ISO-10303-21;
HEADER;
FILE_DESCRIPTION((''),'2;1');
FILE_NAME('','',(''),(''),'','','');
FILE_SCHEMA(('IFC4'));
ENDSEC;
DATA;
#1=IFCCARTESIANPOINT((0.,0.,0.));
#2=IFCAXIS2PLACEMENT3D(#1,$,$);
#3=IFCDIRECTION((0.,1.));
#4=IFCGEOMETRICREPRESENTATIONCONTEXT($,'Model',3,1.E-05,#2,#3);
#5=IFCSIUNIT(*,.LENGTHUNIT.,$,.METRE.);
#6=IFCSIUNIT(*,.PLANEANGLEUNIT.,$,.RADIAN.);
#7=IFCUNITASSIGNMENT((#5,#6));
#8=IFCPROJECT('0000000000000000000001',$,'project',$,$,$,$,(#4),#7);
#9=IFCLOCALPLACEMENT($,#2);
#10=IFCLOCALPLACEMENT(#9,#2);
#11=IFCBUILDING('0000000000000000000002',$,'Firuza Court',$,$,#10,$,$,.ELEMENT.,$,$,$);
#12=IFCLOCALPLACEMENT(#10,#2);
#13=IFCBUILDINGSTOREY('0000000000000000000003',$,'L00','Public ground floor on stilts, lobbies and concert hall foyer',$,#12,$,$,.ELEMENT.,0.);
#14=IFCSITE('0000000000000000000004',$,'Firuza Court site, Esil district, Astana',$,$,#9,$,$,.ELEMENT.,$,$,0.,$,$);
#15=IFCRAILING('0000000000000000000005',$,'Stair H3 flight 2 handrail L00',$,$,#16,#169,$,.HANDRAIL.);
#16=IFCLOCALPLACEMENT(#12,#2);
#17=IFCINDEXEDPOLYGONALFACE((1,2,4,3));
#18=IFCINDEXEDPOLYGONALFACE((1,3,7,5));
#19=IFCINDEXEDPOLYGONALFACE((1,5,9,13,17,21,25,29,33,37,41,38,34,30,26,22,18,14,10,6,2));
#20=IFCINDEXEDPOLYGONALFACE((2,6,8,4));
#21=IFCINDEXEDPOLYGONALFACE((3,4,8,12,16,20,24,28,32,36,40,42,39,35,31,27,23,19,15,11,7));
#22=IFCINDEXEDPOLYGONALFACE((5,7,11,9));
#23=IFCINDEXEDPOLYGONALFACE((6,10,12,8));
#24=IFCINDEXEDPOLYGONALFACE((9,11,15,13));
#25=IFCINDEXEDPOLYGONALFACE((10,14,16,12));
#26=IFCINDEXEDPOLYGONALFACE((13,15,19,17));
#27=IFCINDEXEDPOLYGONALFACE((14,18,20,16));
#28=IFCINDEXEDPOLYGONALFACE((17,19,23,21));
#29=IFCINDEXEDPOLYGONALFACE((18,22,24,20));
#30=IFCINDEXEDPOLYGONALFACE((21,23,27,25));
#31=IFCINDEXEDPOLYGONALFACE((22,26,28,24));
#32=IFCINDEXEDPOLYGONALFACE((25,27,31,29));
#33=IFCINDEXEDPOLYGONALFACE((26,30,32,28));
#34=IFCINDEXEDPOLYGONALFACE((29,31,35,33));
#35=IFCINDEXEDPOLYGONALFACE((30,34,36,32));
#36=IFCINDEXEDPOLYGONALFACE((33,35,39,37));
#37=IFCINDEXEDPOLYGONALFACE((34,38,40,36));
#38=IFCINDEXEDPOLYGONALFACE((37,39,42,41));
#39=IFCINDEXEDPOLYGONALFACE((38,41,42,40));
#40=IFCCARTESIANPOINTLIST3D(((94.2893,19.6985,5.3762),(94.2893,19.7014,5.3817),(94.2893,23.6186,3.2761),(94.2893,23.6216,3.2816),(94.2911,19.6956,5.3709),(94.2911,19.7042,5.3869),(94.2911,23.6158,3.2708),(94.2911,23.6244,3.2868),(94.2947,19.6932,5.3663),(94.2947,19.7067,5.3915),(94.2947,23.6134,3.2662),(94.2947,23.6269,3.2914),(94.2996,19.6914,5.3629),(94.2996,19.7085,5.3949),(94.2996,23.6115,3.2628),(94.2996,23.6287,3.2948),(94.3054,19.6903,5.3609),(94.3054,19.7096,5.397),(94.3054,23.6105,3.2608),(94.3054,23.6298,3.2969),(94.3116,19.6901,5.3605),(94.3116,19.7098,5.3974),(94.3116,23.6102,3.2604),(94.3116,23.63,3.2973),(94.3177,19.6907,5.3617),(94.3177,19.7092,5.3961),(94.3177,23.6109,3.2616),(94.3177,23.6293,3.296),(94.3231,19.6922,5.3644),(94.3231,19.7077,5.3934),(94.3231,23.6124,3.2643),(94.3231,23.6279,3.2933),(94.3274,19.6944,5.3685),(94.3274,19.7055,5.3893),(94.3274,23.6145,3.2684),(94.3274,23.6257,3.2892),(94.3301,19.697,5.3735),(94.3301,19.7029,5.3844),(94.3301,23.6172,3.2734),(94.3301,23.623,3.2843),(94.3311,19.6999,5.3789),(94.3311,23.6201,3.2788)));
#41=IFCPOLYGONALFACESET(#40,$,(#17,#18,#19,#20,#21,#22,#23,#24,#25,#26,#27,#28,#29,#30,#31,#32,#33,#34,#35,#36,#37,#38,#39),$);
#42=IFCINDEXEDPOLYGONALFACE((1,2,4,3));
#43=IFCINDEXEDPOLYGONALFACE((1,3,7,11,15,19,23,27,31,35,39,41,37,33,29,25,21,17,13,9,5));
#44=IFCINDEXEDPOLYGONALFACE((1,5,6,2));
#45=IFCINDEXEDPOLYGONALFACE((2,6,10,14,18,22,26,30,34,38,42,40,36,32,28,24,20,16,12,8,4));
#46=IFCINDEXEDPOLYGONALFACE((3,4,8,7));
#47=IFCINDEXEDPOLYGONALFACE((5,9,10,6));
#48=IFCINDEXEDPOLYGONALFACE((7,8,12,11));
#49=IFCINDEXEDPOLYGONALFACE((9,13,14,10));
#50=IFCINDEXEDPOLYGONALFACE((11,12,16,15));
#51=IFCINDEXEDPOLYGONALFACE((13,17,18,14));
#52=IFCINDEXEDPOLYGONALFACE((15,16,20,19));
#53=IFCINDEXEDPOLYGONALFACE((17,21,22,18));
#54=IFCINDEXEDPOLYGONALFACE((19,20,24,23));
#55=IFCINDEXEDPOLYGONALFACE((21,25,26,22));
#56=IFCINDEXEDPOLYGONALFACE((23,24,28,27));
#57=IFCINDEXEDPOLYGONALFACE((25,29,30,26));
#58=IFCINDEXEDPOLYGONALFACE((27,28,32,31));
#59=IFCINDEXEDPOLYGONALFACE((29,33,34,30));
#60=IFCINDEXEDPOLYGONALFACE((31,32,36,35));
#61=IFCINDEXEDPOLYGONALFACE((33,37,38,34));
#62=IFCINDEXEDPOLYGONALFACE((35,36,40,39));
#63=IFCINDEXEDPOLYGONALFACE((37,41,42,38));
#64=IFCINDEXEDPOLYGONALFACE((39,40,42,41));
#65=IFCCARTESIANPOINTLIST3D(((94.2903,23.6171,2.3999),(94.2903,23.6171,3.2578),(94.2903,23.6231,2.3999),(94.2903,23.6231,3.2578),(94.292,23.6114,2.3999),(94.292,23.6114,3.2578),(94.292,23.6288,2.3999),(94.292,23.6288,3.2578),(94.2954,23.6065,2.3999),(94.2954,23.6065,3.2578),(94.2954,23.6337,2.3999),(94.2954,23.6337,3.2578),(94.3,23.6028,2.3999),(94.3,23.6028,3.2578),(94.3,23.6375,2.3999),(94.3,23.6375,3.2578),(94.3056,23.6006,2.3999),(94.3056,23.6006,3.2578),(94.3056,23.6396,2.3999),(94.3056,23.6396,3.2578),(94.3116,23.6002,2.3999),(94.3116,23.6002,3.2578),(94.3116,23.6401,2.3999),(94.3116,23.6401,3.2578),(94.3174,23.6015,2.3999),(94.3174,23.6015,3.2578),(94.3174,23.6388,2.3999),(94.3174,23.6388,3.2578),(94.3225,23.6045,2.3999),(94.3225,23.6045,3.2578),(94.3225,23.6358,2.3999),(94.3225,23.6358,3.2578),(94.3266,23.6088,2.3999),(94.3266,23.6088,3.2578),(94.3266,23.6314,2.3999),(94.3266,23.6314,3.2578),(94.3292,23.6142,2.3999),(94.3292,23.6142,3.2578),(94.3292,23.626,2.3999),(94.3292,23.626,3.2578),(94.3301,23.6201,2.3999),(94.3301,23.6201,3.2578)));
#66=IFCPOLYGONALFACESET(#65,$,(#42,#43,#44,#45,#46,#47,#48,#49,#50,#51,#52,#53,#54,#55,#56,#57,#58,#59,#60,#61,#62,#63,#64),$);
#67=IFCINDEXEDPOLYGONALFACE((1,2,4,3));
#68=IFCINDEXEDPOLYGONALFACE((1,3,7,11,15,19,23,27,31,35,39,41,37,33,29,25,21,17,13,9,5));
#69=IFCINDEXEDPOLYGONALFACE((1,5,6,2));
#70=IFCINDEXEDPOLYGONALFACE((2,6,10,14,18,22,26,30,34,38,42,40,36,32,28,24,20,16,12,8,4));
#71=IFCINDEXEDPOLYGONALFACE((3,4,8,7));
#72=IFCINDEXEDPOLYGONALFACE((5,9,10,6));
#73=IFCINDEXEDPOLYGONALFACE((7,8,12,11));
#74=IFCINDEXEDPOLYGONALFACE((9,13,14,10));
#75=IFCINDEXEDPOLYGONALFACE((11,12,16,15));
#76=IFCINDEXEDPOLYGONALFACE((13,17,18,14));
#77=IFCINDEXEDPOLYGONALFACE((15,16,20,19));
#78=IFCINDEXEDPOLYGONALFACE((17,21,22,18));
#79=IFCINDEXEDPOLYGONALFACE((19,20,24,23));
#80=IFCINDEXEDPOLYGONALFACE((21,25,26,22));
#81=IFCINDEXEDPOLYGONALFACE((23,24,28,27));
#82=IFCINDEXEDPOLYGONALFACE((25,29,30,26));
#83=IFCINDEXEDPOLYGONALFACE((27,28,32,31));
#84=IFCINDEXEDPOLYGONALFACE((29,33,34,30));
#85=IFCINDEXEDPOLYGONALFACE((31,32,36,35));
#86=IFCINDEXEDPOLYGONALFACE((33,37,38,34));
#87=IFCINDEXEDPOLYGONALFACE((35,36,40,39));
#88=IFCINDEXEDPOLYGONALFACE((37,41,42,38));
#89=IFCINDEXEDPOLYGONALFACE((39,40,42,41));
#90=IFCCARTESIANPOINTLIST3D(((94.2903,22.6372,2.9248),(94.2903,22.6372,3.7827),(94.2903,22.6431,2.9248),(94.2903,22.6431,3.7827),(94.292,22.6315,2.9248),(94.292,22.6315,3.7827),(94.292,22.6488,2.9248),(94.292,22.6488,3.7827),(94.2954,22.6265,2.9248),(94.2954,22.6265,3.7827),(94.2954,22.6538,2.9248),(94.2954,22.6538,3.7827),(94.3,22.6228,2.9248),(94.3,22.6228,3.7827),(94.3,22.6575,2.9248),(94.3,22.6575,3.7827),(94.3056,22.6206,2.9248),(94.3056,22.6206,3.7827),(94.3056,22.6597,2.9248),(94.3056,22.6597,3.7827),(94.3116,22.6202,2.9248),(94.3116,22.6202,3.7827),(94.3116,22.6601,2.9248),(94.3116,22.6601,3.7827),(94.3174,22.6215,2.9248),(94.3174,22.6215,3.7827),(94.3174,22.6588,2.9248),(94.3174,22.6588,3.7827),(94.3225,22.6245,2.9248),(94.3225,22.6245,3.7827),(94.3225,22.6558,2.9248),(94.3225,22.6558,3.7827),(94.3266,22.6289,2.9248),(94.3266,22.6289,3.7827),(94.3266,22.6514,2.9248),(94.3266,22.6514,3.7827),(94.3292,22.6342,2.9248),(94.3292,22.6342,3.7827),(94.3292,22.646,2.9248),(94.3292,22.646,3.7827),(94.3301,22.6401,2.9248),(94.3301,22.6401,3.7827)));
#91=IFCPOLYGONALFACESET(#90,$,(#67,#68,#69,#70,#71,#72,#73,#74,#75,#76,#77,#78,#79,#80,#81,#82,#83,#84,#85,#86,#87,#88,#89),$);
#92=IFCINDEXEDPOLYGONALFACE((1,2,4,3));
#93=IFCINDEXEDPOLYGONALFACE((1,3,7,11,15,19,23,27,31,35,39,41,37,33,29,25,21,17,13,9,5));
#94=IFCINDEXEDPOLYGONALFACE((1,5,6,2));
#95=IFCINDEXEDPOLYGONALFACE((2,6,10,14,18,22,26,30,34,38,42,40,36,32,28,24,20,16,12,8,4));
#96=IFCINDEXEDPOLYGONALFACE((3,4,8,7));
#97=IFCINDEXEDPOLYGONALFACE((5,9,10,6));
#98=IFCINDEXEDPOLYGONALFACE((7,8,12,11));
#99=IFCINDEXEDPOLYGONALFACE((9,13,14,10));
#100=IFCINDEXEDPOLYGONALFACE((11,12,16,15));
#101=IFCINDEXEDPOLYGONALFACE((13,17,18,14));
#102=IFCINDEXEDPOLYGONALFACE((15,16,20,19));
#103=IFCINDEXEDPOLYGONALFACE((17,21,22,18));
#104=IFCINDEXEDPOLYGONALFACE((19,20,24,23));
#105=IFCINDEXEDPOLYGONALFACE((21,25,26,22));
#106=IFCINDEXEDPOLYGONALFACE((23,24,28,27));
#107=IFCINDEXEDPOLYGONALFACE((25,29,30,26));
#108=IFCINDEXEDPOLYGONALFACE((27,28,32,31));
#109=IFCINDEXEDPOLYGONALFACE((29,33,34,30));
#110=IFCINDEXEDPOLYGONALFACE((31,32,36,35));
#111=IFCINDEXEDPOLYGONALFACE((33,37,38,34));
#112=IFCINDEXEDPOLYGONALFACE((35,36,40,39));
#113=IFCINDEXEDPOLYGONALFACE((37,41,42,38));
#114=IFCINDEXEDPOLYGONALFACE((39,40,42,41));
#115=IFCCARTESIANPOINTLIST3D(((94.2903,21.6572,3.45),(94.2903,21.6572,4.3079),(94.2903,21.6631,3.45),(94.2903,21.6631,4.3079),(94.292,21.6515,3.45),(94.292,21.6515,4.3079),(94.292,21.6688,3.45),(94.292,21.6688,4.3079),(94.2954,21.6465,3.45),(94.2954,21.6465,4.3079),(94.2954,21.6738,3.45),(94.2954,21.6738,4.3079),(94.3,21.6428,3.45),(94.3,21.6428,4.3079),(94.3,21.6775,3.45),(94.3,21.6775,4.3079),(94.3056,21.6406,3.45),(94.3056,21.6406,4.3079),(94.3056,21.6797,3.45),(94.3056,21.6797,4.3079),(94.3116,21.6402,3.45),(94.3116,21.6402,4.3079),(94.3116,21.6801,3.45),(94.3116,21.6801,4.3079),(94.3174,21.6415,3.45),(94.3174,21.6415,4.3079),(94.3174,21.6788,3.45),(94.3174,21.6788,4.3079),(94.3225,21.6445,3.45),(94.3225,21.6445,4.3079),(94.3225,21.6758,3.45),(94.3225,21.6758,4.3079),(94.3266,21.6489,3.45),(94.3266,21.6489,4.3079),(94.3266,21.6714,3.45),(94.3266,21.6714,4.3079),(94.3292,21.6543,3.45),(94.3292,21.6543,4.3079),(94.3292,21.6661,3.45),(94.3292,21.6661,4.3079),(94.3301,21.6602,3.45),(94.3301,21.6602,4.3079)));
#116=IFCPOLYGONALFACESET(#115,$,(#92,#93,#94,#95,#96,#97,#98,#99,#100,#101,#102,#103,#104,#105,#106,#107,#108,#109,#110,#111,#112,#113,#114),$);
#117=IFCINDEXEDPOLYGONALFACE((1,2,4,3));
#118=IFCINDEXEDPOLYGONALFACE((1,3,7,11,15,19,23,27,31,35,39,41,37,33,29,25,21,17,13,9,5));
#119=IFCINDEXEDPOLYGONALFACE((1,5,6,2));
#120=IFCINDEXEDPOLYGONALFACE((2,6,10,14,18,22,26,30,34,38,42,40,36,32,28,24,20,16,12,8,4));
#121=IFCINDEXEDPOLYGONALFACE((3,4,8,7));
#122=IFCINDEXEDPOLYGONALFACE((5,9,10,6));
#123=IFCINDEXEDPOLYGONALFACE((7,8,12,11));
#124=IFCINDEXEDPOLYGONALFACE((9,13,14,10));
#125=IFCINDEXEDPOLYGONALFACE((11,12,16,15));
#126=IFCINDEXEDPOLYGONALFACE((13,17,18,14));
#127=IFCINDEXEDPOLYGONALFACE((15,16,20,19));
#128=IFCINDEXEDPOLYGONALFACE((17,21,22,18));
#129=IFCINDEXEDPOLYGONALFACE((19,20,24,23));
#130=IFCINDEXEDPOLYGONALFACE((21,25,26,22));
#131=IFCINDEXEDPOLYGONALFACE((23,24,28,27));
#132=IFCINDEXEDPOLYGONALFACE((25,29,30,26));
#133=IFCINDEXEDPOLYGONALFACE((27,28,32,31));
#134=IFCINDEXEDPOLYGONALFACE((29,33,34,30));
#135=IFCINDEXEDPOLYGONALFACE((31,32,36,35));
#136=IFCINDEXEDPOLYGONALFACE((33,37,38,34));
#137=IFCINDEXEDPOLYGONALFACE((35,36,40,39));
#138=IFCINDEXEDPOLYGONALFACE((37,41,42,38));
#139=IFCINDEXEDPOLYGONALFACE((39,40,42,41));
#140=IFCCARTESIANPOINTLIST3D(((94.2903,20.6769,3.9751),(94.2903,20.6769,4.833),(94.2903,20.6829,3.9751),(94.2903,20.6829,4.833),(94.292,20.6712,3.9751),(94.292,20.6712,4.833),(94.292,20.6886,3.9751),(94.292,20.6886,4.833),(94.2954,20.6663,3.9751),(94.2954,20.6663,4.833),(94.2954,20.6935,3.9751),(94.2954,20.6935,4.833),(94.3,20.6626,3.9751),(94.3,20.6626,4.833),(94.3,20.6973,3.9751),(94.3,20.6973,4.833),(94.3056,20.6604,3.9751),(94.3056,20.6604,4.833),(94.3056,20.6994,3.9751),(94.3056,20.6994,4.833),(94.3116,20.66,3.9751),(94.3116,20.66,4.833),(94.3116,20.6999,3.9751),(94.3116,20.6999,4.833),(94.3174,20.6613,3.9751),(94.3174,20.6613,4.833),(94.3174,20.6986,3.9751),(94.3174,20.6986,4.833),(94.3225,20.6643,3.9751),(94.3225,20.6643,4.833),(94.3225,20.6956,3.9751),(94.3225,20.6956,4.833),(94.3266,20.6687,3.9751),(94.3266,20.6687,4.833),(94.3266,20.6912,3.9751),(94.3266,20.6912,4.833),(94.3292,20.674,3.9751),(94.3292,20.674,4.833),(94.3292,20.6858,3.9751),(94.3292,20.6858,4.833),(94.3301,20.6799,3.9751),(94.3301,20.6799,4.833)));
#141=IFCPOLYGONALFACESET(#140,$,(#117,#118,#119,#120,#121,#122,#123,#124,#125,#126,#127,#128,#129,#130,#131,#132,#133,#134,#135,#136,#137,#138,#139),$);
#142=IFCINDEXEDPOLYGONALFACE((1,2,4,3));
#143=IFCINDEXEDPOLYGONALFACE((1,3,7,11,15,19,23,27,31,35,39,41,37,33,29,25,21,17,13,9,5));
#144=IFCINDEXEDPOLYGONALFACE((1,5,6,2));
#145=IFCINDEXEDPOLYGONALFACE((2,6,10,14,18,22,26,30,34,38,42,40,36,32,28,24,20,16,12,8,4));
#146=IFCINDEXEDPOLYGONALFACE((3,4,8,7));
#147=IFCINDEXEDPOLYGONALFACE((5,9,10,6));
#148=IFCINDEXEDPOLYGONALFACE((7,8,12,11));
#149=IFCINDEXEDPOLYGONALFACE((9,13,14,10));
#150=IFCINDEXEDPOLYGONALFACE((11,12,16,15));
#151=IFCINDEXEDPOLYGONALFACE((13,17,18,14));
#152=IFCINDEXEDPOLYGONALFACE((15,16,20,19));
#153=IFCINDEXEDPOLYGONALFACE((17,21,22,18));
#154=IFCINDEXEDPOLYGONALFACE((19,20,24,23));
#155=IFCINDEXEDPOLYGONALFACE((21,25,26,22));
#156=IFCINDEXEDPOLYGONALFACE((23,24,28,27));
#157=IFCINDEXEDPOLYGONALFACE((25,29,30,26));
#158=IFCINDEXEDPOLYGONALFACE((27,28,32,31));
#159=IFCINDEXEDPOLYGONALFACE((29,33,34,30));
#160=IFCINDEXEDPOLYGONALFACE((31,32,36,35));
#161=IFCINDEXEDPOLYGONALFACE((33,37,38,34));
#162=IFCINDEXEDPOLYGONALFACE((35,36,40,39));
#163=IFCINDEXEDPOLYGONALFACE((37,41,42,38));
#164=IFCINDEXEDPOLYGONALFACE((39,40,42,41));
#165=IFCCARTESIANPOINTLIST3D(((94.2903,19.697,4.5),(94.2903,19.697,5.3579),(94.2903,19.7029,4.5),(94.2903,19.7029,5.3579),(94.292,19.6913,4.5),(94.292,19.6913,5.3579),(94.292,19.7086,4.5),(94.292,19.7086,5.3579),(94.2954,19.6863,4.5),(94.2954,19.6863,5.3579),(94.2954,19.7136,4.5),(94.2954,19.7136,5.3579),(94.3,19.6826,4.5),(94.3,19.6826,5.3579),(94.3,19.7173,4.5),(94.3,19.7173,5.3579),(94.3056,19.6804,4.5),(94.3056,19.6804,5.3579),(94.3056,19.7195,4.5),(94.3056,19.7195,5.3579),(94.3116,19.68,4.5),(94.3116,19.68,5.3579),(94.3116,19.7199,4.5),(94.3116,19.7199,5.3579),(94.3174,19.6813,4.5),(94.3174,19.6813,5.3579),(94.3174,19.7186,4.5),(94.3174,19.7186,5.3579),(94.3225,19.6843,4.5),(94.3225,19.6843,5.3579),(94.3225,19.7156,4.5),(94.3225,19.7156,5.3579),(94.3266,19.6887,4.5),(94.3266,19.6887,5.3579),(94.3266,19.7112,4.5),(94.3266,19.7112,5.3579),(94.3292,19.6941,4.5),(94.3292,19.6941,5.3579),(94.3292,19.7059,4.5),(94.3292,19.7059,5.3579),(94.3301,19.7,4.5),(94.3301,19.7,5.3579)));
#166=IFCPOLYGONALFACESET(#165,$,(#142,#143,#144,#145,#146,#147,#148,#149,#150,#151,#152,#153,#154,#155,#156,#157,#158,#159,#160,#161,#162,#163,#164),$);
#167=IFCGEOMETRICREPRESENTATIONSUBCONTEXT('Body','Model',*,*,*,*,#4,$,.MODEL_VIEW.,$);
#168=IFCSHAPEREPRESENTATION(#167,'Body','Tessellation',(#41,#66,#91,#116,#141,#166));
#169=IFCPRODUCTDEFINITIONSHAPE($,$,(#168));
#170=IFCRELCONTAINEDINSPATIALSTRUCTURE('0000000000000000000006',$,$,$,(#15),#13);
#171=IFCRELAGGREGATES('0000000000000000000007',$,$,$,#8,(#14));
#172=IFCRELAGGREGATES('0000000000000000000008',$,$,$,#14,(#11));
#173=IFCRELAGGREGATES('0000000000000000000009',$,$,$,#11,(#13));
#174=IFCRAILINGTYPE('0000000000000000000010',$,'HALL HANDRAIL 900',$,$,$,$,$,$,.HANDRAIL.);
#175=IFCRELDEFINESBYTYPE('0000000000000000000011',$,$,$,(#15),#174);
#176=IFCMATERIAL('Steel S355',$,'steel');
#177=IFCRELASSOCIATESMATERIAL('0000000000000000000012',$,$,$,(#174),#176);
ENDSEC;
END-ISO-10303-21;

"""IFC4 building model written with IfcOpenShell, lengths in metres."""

from ifc_helpers import new_model, si_unit, direction, frame, origin, origin_2d, place, context, subcontext, project, spatial, circle, extrude, material, type_object, element, save


model = new_model("IFC4")

# Units and contexts
model_context = context("Model", 3, precision=1e-05, world=origin(), true_north=direction((0.0, 1.0)))
body_context = subcontext(model_context, "Body", "Model", "MODEL_VIEW")
ifc_project = project(units=[si_unit("LENGTHUNIT", "METRE"), si_unit("PLANEANGLEUNIT", "RADIAN")], contexts=[model_context])

# Site, building, storey
site_placement = place(None, origin())
site = spatial("IfcSite", under=ifc_project, at=site_placement, Name="Firuza Court site, Esil district, Astana", CompositionType="ELEMENT", RefElevation=0.0)
building_placement = place(site_placement, origin())
building = spatial("IfcBuilding", under=site, at=building_placement, Name="Firuza Court", CompositionType="ELEMENT")
storey_placement = place(building_placement, origin())
storey = spatial("IfcBuildingStorey", under=building, at=storey_placement, Name="L00", Description="Public ground floor on stilts, lobbies and concert hall foyer", CompositionType="ELEMENT", Elevation=0.0)

# Railing
ifc_material_1 = material(Name="Steel S355", Category="steel")
railing_type_1 = type_object("IfcRailingType", Name="HALL HANDRAIL 900", PredefinedType="HANDRAIL", material=ifc_material_1)
for number, where, name in (
    (1, (94.3101, 23.6201, 2.3999), "Stair H3 flight 2 handrail L00"),
):
    element("IfcRailing", number, at=place(storey_placement, frame(where)), inside=storey, type_object=railing_type_1, Name=name, PredefinedType="HANDRAIL", context=body_context, shape_type="SweptSolid", body=[
        extrude(circle(Radius=0.021, at=origin_2d()), frame((0.0, 0.0, 0.8789), z_axis=(0.0, -0.881479, 0.472223), x_axis=(1.0, 0.0, 0.0)), (0.0, 0.0, 1.0), 4.4473),
        extrude(circle(Radius=0.02, at=origin_2d()), origin(), (0.0, 0.0, 1.0), 0.8579),
        extrude(circle(Radius=0.02, at=origin_2d()), frame((0.0, -0.98, 0.5249)), (0.0, 0.0, 1.0), 0.8579),
        extrude(circle(Radius=0.02, at=origin_2d()), frame((0.0, -1.96, 1.05)), (0.0, 0.0, 1.0), 0.8579),
        extrude(circle(Radius=0.02, at=origin_2d()), frame((0.0, -2.9402, 1.5752)), (0.0, 0.0, 1.0), 0.8579),
        extrude(circle(Radius=0.02, at=origin_2d()), frame((0.0, -3.9202, 2.1001)), (0.0, 0.0, 1.0), 0.8579),
    ])

save(model, "model.ifc")
